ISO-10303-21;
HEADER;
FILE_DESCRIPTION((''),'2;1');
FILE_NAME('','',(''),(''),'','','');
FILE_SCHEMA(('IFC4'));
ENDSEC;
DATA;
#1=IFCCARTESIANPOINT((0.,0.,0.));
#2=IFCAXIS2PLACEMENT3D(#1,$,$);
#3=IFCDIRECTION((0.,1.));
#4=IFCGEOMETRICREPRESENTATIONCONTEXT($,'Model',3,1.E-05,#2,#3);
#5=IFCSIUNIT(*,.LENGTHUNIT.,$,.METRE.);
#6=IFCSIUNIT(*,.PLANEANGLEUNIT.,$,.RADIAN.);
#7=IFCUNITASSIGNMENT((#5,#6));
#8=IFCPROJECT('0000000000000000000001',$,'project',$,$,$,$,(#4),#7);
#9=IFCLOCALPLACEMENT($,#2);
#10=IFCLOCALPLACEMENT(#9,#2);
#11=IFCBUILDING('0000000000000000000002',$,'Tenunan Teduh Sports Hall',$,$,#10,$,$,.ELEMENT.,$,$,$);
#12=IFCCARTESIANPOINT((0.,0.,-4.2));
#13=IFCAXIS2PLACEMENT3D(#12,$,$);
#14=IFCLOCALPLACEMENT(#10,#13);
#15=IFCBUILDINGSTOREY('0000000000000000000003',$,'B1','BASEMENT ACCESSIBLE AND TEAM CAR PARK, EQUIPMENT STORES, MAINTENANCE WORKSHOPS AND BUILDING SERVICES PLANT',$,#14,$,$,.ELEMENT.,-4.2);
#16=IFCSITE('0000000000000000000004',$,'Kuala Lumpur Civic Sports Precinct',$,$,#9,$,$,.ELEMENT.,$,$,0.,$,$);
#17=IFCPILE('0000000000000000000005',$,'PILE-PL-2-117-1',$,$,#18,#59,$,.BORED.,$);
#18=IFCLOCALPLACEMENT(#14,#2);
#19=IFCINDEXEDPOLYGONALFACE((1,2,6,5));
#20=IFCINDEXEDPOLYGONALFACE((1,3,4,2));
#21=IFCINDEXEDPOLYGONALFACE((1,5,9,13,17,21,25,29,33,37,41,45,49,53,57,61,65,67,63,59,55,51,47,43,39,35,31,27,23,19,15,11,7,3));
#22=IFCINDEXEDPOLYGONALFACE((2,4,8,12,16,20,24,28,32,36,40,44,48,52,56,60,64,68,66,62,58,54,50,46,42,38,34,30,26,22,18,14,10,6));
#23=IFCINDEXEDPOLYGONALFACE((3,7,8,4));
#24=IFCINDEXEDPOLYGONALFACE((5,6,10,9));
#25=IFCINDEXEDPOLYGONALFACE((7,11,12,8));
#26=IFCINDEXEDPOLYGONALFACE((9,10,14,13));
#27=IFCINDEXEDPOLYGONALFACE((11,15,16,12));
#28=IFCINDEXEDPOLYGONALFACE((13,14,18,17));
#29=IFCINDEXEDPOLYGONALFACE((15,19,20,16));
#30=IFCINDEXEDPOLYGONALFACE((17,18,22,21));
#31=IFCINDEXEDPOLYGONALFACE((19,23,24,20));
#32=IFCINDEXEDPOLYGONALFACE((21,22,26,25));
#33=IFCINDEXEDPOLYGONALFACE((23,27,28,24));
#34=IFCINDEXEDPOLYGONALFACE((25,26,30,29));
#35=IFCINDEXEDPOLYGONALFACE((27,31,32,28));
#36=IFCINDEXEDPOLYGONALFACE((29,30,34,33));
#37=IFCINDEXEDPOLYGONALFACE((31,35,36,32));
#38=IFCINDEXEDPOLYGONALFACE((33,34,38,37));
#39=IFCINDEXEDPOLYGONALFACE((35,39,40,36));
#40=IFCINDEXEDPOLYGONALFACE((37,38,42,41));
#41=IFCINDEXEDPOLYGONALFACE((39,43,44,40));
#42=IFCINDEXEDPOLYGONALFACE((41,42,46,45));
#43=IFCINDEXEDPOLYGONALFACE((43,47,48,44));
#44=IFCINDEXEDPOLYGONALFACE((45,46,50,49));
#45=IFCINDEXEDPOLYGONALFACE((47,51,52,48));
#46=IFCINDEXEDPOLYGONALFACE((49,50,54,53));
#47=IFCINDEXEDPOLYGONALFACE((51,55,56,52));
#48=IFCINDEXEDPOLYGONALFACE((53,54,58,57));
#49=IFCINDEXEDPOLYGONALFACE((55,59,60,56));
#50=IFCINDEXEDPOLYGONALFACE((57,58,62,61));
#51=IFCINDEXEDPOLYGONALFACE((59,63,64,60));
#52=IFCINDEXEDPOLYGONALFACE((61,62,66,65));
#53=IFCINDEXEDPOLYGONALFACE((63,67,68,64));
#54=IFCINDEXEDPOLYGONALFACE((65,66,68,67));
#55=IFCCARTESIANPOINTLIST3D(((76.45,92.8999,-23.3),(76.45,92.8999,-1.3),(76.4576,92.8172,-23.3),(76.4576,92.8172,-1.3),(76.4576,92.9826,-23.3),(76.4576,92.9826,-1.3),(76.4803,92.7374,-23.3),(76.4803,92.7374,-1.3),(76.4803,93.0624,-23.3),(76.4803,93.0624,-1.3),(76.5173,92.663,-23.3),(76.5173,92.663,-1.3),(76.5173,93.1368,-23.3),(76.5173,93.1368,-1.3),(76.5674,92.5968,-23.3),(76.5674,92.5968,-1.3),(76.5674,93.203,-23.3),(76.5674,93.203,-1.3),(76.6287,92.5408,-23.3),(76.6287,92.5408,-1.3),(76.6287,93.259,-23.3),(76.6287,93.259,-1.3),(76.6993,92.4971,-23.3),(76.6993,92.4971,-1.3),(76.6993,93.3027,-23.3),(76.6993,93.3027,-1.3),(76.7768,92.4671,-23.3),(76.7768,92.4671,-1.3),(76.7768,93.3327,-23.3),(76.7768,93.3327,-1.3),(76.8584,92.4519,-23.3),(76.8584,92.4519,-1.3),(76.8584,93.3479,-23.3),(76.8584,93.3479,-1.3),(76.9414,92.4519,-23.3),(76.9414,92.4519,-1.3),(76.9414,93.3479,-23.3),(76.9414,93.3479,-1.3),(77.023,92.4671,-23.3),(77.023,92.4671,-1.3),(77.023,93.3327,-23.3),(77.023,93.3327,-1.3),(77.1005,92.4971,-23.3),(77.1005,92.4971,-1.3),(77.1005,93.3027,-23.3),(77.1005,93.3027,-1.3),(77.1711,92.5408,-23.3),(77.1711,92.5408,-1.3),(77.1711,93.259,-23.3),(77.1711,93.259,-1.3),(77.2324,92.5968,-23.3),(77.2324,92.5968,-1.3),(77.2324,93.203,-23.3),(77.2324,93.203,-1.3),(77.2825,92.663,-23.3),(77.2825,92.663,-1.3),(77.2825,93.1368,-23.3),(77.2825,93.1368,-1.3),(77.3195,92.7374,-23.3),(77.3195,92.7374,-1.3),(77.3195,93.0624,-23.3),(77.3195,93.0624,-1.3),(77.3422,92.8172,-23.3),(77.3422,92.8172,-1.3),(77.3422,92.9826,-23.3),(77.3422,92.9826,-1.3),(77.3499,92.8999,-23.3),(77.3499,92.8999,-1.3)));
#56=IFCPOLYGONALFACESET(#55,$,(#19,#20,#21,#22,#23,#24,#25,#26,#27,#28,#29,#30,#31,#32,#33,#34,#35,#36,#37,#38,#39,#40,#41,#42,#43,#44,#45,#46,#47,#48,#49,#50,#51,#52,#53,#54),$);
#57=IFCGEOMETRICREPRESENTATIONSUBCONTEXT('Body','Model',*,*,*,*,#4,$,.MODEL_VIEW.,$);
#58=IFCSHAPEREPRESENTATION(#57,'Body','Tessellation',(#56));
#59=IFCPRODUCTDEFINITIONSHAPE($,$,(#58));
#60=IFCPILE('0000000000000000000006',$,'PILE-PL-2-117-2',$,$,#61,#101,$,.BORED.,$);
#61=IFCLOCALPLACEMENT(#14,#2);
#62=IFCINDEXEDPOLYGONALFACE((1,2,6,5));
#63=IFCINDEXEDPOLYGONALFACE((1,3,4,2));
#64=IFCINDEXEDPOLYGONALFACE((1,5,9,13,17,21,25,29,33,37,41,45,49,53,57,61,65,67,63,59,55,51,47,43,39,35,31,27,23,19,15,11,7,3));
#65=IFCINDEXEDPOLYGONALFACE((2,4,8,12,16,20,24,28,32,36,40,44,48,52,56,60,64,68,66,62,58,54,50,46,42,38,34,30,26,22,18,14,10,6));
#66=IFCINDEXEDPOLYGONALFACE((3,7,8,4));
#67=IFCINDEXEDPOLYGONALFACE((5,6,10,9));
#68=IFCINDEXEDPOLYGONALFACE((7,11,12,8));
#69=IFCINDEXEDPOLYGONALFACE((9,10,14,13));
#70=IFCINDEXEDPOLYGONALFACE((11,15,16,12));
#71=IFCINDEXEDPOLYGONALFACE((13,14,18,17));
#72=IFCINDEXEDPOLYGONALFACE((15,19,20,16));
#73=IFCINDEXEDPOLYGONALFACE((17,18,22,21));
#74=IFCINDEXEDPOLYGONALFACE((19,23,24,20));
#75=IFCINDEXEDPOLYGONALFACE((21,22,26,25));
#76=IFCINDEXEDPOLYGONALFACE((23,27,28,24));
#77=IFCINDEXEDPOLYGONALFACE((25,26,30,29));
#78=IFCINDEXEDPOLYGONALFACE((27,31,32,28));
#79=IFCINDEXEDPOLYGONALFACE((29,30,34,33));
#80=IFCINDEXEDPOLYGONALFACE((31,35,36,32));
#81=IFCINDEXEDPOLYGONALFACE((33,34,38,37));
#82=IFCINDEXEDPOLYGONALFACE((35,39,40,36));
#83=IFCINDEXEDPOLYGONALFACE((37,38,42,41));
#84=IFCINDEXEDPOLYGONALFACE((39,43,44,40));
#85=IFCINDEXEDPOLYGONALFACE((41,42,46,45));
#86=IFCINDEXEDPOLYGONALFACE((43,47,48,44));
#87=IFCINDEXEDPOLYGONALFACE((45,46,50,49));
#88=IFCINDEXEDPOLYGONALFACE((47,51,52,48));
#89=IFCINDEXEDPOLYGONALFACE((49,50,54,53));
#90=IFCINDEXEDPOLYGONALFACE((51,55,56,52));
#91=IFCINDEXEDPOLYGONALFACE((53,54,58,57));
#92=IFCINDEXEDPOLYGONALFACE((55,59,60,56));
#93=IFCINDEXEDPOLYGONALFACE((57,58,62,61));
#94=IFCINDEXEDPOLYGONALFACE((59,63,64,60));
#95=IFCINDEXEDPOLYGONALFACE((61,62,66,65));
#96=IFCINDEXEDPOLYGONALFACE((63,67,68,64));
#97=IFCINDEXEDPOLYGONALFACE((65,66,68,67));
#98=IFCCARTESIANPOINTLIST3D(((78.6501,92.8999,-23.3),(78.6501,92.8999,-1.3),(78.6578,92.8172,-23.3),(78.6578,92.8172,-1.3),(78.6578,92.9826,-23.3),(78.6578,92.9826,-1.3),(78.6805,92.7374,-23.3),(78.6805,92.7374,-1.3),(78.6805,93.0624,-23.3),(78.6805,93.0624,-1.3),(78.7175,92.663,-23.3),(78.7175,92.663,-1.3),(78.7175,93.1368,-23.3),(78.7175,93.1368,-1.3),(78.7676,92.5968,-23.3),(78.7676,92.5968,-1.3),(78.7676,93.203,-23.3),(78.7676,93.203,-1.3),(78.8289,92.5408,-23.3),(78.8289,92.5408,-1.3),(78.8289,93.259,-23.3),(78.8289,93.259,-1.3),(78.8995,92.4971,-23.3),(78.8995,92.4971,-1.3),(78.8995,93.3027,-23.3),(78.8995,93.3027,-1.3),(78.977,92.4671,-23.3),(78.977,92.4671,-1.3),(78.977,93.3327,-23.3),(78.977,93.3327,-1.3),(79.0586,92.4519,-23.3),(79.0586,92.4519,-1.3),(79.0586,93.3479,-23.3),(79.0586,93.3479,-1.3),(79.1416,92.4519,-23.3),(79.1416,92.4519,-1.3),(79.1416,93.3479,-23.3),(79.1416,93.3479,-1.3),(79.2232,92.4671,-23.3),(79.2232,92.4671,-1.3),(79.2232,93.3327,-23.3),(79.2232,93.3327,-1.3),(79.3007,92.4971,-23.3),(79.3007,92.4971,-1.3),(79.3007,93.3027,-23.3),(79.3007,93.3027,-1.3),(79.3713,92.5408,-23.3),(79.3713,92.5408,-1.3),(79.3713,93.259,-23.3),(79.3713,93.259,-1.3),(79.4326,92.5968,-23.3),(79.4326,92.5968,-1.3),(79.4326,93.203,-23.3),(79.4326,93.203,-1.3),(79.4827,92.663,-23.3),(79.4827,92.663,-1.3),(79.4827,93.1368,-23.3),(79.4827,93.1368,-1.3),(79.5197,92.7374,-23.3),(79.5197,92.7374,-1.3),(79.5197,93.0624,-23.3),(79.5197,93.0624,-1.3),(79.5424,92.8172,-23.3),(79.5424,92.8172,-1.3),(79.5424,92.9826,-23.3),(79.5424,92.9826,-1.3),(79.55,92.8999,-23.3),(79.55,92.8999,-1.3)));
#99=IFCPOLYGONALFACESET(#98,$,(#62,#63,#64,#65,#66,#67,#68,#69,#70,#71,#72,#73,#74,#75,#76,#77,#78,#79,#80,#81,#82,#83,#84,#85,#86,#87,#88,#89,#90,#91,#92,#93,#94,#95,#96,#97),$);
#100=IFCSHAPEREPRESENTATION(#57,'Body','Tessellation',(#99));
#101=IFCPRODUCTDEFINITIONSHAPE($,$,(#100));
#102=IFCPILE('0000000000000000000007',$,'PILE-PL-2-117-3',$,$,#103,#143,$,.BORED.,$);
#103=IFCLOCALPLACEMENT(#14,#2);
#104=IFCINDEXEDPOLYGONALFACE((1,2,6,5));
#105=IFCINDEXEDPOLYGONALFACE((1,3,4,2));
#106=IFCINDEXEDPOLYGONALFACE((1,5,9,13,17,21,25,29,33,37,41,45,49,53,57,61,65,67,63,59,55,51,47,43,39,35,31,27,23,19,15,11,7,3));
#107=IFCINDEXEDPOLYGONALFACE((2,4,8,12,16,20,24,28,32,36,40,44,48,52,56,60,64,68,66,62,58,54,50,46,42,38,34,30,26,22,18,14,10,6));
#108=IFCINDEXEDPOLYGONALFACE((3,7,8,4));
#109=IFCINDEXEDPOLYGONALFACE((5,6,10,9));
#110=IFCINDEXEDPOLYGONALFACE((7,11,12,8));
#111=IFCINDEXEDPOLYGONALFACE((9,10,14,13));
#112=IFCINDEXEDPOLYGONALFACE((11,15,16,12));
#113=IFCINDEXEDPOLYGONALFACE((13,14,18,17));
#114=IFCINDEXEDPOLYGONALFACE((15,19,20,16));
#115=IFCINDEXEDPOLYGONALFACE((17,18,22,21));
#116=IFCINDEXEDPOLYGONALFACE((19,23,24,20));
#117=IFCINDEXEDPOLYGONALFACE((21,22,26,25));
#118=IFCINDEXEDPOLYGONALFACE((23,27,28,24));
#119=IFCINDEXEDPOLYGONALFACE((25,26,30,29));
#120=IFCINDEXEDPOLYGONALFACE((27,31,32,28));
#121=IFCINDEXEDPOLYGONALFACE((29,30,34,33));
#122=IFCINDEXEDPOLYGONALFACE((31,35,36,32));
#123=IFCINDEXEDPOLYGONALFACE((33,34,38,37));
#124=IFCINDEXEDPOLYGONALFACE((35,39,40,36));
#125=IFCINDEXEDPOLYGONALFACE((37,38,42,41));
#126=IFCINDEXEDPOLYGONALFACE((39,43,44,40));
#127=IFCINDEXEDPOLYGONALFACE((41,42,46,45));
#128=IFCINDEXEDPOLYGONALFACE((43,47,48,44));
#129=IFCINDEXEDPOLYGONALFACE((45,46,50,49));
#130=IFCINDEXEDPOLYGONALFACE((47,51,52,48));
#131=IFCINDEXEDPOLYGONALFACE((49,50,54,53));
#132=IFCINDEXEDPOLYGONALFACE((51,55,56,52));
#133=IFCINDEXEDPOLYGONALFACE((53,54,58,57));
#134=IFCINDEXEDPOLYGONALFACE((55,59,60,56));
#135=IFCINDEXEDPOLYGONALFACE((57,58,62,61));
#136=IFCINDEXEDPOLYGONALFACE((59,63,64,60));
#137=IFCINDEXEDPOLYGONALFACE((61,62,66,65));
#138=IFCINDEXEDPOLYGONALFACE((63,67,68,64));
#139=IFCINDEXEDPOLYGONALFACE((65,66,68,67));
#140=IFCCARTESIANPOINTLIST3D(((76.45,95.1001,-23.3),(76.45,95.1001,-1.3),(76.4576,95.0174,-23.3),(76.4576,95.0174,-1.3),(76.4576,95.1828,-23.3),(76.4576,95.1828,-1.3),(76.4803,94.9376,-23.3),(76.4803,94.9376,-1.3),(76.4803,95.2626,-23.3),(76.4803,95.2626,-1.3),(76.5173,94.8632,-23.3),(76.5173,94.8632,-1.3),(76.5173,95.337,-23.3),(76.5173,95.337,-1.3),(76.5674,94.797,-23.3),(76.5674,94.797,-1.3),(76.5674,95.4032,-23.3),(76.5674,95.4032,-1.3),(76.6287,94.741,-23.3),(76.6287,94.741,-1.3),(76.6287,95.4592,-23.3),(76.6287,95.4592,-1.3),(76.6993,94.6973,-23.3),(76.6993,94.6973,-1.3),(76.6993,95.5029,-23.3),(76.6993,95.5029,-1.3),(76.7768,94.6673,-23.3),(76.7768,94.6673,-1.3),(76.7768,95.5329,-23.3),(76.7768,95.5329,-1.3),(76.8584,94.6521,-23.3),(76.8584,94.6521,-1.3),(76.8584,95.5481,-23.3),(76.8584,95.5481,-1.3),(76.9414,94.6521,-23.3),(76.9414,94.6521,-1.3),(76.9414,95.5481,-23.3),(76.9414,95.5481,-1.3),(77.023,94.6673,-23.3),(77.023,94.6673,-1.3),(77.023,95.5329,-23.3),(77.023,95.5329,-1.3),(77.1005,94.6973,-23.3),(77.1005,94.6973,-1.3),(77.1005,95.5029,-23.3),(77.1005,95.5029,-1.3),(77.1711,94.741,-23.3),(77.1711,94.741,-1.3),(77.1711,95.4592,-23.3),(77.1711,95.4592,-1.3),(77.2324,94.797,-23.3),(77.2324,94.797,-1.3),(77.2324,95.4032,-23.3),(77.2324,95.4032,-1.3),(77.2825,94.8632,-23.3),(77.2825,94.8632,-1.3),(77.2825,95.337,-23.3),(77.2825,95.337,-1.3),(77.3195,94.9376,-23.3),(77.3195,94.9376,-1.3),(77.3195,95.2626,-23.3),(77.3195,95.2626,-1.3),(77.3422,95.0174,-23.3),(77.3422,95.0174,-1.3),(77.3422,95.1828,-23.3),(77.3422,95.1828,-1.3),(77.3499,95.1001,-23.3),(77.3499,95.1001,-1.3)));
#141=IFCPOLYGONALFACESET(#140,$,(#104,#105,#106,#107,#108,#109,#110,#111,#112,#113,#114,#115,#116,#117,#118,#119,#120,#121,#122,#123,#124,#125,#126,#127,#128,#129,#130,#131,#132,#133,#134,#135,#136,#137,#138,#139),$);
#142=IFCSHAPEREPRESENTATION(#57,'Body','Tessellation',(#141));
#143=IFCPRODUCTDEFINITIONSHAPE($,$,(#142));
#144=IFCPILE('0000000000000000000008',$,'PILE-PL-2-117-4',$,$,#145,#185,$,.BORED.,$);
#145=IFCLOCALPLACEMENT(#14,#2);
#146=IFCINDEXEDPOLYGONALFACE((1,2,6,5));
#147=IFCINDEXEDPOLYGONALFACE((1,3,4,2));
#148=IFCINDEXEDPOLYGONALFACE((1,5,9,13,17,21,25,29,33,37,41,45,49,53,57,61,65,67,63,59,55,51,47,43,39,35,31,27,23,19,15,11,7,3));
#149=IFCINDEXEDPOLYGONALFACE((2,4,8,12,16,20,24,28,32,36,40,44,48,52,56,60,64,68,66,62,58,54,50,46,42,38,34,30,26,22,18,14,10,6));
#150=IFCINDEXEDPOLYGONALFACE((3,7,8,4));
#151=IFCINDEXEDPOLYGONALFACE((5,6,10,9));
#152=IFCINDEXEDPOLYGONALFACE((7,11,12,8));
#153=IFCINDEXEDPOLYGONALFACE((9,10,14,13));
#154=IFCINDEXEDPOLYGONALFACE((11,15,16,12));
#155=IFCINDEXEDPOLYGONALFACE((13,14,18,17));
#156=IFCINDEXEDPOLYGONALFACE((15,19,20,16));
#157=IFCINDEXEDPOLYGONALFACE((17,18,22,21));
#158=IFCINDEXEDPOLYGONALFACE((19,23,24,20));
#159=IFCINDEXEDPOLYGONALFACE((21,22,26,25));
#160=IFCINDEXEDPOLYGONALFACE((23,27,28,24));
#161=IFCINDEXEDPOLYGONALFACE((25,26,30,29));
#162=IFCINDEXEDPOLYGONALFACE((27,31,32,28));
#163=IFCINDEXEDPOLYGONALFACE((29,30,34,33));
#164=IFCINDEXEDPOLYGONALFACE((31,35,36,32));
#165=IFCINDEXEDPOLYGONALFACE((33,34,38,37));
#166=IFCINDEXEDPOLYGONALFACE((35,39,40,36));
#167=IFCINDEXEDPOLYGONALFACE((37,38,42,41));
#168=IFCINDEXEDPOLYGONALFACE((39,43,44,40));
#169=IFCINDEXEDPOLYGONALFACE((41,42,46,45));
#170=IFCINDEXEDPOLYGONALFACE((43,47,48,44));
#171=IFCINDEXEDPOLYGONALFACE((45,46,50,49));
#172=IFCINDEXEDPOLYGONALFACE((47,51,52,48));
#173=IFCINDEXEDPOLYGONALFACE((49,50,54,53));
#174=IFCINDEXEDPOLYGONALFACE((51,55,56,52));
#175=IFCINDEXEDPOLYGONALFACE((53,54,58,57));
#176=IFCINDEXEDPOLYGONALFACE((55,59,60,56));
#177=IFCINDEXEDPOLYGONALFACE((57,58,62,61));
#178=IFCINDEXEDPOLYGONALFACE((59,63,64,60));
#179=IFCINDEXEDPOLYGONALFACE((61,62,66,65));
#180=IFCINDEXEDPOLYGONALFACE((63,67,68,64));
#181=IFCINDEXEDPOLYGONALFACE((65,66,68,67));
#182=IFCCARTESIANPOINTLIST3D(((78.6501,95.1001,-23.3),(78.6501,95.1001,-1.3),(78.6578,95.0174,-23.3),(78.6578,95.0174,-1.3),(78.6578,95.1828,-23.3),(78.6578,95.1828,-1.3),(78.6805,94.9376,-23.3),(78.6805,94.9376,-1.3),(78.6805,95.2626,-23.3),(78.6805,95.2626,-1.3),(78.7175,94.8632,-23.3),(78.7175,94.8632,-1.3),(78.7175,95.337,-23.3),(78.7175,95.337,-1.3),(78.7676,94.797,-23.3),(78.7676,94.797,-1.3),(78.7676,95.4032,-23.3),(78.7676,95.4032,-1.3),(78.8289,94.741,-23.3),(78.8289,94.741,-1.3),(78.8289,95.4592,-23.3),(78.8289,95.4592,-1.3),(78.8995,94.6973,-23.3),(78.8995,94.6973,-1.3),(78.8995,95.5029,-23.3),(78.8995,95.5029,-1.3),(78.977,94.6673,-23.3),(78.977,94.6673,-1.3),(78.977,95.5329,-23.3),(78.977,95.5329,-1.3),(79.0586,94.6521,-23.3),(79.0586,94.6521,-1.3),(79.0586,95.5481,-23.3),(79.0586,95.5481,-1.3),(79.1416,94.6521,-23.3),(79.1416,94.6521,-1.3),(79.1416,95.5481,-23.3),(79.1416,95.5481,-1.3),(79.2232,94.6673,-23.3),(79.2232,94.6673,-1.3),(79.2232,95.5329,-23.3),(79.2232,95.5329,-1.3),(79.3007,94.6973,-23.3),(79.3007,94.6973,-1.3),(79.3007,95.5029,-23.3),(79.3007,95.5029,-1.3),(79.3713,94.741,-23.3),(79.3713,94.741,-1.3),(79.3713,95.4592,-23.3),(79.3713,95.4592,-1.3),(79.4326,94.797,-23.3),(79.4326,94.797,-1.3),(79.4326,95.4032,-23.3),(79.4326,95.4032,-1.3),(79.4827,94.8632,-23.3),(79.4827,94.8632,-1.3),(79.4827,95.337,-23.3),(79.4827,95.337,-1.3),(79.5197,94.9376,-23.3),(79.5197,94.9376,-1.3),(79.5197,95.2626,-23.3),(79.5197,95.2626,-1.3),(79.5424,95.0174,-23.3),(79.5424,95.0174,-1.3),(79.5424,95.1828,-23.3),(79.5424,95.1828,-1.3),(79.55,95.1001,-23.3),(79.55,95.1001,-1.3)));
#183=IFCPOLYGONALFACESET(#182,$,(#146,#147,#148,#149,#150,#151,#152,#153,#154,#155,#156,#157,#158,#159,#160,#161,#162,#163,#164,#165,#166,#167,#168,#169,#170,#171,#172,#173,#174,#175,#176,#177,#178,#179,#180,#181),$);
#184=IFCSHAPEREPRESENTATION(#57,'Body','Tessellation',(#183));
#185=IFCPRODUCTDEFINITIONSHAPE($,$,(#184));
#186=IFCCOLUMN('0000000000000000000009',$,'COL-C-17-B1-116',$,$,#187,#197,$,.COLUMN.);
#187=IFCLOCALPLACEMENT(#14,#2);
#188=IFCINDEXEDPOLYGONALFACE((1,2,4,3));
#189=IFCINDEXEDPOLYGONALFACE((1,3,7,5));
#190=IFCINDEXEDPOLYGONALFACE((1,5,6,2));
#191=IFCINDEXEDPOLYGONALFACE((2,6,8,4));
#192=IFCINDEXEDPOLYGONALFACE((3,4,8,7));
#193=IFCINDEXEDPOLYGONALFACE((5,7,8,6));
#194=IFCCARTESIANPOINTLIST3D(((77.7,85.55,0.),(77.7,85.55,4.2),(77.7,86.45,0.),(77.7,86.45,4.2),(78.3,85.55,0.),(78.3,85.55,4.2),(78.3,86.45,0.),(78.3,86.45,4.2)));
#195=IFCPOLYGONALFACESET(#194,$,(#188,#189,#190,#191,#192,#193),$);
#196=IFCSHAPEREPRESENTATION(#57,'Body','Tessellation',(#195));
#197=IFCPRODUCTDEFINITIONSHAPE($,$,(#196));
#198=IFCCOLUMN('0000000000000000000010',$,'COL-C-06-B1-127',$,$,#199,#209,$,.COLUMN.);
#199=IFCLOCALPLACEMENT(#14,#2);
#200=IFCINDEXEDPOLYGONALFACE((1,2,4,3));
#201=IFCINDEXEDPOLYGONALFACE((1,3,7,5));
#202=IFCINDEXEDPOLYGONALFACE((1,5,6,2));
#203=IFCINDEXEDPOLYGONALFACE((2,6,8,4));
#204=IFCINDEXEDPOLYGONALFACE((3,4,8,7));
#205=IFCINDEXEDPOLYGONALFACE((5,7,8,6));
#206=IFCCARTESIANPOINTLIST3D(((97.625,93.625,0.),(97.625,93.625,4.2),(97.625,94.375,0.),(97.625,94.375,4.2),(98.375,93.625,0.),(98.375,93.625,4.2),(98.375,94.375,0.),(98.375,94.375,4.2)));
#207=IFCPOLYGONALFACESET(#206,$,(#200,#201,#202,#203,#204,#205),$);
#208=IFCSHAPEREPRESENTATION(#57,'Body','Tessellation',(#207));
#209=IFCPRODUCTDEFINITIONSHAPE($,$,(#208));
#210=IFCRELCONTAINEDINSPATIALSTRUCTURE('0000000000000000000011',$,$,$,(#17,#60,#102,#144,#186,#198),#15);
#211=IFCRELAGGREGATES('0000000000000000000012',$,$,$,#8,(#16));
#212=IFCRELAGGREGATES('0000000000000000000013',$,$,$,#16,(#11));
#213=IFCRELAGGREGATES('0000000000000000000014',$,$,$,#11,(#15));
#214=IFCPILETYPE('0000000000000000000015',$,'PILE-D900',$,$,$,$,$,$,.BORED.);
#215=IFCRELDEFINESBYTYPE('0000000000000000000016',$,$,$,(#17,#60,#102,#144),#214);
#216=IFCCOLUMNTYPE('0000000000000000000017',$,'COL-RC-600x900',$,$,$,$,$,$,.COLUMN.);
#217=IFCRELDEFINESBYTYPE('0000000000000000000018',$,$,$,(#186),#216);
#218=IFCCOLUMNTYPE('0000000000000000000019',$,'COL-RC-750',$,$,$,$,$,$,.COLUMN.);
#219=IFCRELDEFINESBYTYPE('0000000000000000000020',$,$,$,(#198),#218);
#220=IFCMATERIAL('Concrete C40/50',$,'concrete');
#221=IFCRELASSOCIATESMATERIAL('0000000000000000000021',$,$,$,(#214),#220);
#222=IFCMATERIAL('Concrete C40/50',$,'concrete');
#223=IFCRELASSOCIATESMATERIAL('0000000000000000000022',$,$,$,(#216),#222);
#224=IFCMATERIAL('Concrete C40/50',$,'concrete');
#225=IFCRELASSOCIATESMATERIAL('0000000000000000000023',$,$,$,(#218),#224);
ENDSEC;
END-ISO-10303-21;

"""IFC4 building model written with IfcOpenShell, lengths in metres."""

from ifc_helpers import new_model, si_unit, direction, frame, origin, origin_2d, place, context, subcontext, project, spatial, rectangle, circle, extrude, material, material_profile, profile_set, type_object, element, save


model = new_model("IFC4")

# Units and contexts
model_context = context("Model", 3, precision=1e-05, world=origin(), true_north=direction((0.0, 1.0)))
body_context = subcontext(model_context, "Body", "Model", "MODEL_VIEW")
ifc_project = project(units=[si_unit("LENGTHUNIT", "METRE"), si_unit("PLANEANGLEUNIT", "RADIAN")], contexts=[model_context])

# Site, building, storey
site_placement = place(None, origin())
site = spatial("IfcSite", under=ifc_project, at=site_placement, Name="Kuala Lumpur Civic Sports Precinct", CompositionType="ELEMENT", RefElevation=0.0)
building_placement = place(site_placement, origin())
building = spatial("IfcBuilding", under=site, at=building_placement, Name="Tenunan Teduh Sports Hall", CompositionType="ELEMENT")
storey_placement = place(building_placement, frame((0.0, 0.0, -4.2)))
storey = spatial("IfcBuildingStorey", under=building, at=storey_placement, Name="B1", Description="BASEMENT ACCESSIBLE AND TEAM CAR PARK, EQUIPMENT STORES, MAINTENANCE WORKSHOPS AND BUILDING SERVICES PLANT", CompositionType="ELEMENT", Elevation=-4.2)

# Piles
ifc_material_1 = material(Name="Concrete C40/50", Category="concrete")
ifc_material_profile_1 = material_profile(ifc_material_1, circle(Radius=0.45, at=origin_2d()), Name="PILE D900")
ifc_profile_set_1 = profile_set([ifc_material_profile_1], Name="Concrete C40/50")
pile_type_1 = type_object("IfcPileType", Name="PILE-D900", PredefinedType="BORED", material=ifc_profile_set_1)
for number, where, z_axis, x_axis, name in (
    (1, (76.8999, 92.8999, -1.3), (0.0, 0.0, -1.0), (1.0, 0.0, 0.0), "PILE-PL-2-117-1"),
    (2, (79.1001, 92.8999, -1.3), (0.0, 0.0, -1.0), (1.0, 0.0, 0.0), "PILE-PL-2-117-2"),
    (3, (76.8999, 95.1001, -1.3), (0.0, 0.0, -1.0), (1.0, 0.0, 0.0), "PILE-PL-2-117-3"),
    (4, (79.1001, 95.1001, -1.3), (0.0, 0.0, -1.0), (1.0, 0.0, 0.0), "PILE-PL-2-117-4"),
):
    element("IfcPile", number, at=place(storey_placement, frame(where, z_axis=z_axis, x_axis=x_axis)), inside=storey, type_object=pile_type_1, Name=name, PredefinedType="BORED", context=body_context, shape_type="SweptSolid", body=[
        extrude(circle(Radius=0.45, at=origin_2d()), origin(), (0.0, 0.0, 1.0), 22.0),
    ])

# Columns
ifc_material_2 = material(Name="Concrete C40/50", Category="concrete")
ifc_material_profile_2 = material_profile(ifc_material_2, rectangle(XDim=0.6001, YDim=0.8999, at=origin_2d()), Name="RC 600x900")
ifc_profile_set_2 = profile_set([ifc_material_profile_2], Name="Concrete C40/50")
column_type_1 = type_object("IfcColumnType", Name="COL-RC-600x900", PredefinedType="COLUMN", material=ifc_profile_set_2)
column_1_placement = place(storey_placement, frame((78.0, 86.0, 0.0), z_axis=(0.0, 0.0, 1.0), x_axis=(1.0, 0.0, 0.0)))
element("IfcColumn", 5, at=column_1_placement, inside=storey, type_object=column_type_1, Name="COL-C-17-B1-116", PredefinedType="COLUMN", context=body_context, shape_type="SweptSolid", body=[
    extrude(rectangle(XDim=0.6001, YDim=0.8999, at=origin_2d()), origin(), (0.0, 0.0, 1.0), 4.2),
])
ifc_material_3 = material(Name="Concrete C40/50", Category="concrete")
ifc_material_profile_3 = material_profile(ifc_material_3, rectangle(XDim=0.75, YDim=0.75, at=origin_2d()), Name="RC 750x750")
ifc_profile_set_3 = profile_set([ifc_material_profile_3], Name="Concrete C40/50")
column_type_2 = type_object("IfcColumnType", Name="COL-RC-750", PredefinedType="COLUMN", material=ifc_profile_set_3)
column_2_placement = place(storey_placement, frame((98.0, 94.0, 0.0), z_axis=(0.0, 0.0, 1.0), x_axis=(1.0, 0.0, 0.0)))
element("IfcColumn", 6, at=column_2_placement, inside=storey, type_object=column_type_2, Name="COL-C-06-B1-127", PredefinedType="COLUMN", context=body_context, shape_type="SweptSolid", body=[
    extrude(rectangle(XDim=0.75, YDim=0.75, at=origin_2d()), origin(), (0.0, 0.0, 1.0), 4.2),
])

save(model, "model.ifc")
